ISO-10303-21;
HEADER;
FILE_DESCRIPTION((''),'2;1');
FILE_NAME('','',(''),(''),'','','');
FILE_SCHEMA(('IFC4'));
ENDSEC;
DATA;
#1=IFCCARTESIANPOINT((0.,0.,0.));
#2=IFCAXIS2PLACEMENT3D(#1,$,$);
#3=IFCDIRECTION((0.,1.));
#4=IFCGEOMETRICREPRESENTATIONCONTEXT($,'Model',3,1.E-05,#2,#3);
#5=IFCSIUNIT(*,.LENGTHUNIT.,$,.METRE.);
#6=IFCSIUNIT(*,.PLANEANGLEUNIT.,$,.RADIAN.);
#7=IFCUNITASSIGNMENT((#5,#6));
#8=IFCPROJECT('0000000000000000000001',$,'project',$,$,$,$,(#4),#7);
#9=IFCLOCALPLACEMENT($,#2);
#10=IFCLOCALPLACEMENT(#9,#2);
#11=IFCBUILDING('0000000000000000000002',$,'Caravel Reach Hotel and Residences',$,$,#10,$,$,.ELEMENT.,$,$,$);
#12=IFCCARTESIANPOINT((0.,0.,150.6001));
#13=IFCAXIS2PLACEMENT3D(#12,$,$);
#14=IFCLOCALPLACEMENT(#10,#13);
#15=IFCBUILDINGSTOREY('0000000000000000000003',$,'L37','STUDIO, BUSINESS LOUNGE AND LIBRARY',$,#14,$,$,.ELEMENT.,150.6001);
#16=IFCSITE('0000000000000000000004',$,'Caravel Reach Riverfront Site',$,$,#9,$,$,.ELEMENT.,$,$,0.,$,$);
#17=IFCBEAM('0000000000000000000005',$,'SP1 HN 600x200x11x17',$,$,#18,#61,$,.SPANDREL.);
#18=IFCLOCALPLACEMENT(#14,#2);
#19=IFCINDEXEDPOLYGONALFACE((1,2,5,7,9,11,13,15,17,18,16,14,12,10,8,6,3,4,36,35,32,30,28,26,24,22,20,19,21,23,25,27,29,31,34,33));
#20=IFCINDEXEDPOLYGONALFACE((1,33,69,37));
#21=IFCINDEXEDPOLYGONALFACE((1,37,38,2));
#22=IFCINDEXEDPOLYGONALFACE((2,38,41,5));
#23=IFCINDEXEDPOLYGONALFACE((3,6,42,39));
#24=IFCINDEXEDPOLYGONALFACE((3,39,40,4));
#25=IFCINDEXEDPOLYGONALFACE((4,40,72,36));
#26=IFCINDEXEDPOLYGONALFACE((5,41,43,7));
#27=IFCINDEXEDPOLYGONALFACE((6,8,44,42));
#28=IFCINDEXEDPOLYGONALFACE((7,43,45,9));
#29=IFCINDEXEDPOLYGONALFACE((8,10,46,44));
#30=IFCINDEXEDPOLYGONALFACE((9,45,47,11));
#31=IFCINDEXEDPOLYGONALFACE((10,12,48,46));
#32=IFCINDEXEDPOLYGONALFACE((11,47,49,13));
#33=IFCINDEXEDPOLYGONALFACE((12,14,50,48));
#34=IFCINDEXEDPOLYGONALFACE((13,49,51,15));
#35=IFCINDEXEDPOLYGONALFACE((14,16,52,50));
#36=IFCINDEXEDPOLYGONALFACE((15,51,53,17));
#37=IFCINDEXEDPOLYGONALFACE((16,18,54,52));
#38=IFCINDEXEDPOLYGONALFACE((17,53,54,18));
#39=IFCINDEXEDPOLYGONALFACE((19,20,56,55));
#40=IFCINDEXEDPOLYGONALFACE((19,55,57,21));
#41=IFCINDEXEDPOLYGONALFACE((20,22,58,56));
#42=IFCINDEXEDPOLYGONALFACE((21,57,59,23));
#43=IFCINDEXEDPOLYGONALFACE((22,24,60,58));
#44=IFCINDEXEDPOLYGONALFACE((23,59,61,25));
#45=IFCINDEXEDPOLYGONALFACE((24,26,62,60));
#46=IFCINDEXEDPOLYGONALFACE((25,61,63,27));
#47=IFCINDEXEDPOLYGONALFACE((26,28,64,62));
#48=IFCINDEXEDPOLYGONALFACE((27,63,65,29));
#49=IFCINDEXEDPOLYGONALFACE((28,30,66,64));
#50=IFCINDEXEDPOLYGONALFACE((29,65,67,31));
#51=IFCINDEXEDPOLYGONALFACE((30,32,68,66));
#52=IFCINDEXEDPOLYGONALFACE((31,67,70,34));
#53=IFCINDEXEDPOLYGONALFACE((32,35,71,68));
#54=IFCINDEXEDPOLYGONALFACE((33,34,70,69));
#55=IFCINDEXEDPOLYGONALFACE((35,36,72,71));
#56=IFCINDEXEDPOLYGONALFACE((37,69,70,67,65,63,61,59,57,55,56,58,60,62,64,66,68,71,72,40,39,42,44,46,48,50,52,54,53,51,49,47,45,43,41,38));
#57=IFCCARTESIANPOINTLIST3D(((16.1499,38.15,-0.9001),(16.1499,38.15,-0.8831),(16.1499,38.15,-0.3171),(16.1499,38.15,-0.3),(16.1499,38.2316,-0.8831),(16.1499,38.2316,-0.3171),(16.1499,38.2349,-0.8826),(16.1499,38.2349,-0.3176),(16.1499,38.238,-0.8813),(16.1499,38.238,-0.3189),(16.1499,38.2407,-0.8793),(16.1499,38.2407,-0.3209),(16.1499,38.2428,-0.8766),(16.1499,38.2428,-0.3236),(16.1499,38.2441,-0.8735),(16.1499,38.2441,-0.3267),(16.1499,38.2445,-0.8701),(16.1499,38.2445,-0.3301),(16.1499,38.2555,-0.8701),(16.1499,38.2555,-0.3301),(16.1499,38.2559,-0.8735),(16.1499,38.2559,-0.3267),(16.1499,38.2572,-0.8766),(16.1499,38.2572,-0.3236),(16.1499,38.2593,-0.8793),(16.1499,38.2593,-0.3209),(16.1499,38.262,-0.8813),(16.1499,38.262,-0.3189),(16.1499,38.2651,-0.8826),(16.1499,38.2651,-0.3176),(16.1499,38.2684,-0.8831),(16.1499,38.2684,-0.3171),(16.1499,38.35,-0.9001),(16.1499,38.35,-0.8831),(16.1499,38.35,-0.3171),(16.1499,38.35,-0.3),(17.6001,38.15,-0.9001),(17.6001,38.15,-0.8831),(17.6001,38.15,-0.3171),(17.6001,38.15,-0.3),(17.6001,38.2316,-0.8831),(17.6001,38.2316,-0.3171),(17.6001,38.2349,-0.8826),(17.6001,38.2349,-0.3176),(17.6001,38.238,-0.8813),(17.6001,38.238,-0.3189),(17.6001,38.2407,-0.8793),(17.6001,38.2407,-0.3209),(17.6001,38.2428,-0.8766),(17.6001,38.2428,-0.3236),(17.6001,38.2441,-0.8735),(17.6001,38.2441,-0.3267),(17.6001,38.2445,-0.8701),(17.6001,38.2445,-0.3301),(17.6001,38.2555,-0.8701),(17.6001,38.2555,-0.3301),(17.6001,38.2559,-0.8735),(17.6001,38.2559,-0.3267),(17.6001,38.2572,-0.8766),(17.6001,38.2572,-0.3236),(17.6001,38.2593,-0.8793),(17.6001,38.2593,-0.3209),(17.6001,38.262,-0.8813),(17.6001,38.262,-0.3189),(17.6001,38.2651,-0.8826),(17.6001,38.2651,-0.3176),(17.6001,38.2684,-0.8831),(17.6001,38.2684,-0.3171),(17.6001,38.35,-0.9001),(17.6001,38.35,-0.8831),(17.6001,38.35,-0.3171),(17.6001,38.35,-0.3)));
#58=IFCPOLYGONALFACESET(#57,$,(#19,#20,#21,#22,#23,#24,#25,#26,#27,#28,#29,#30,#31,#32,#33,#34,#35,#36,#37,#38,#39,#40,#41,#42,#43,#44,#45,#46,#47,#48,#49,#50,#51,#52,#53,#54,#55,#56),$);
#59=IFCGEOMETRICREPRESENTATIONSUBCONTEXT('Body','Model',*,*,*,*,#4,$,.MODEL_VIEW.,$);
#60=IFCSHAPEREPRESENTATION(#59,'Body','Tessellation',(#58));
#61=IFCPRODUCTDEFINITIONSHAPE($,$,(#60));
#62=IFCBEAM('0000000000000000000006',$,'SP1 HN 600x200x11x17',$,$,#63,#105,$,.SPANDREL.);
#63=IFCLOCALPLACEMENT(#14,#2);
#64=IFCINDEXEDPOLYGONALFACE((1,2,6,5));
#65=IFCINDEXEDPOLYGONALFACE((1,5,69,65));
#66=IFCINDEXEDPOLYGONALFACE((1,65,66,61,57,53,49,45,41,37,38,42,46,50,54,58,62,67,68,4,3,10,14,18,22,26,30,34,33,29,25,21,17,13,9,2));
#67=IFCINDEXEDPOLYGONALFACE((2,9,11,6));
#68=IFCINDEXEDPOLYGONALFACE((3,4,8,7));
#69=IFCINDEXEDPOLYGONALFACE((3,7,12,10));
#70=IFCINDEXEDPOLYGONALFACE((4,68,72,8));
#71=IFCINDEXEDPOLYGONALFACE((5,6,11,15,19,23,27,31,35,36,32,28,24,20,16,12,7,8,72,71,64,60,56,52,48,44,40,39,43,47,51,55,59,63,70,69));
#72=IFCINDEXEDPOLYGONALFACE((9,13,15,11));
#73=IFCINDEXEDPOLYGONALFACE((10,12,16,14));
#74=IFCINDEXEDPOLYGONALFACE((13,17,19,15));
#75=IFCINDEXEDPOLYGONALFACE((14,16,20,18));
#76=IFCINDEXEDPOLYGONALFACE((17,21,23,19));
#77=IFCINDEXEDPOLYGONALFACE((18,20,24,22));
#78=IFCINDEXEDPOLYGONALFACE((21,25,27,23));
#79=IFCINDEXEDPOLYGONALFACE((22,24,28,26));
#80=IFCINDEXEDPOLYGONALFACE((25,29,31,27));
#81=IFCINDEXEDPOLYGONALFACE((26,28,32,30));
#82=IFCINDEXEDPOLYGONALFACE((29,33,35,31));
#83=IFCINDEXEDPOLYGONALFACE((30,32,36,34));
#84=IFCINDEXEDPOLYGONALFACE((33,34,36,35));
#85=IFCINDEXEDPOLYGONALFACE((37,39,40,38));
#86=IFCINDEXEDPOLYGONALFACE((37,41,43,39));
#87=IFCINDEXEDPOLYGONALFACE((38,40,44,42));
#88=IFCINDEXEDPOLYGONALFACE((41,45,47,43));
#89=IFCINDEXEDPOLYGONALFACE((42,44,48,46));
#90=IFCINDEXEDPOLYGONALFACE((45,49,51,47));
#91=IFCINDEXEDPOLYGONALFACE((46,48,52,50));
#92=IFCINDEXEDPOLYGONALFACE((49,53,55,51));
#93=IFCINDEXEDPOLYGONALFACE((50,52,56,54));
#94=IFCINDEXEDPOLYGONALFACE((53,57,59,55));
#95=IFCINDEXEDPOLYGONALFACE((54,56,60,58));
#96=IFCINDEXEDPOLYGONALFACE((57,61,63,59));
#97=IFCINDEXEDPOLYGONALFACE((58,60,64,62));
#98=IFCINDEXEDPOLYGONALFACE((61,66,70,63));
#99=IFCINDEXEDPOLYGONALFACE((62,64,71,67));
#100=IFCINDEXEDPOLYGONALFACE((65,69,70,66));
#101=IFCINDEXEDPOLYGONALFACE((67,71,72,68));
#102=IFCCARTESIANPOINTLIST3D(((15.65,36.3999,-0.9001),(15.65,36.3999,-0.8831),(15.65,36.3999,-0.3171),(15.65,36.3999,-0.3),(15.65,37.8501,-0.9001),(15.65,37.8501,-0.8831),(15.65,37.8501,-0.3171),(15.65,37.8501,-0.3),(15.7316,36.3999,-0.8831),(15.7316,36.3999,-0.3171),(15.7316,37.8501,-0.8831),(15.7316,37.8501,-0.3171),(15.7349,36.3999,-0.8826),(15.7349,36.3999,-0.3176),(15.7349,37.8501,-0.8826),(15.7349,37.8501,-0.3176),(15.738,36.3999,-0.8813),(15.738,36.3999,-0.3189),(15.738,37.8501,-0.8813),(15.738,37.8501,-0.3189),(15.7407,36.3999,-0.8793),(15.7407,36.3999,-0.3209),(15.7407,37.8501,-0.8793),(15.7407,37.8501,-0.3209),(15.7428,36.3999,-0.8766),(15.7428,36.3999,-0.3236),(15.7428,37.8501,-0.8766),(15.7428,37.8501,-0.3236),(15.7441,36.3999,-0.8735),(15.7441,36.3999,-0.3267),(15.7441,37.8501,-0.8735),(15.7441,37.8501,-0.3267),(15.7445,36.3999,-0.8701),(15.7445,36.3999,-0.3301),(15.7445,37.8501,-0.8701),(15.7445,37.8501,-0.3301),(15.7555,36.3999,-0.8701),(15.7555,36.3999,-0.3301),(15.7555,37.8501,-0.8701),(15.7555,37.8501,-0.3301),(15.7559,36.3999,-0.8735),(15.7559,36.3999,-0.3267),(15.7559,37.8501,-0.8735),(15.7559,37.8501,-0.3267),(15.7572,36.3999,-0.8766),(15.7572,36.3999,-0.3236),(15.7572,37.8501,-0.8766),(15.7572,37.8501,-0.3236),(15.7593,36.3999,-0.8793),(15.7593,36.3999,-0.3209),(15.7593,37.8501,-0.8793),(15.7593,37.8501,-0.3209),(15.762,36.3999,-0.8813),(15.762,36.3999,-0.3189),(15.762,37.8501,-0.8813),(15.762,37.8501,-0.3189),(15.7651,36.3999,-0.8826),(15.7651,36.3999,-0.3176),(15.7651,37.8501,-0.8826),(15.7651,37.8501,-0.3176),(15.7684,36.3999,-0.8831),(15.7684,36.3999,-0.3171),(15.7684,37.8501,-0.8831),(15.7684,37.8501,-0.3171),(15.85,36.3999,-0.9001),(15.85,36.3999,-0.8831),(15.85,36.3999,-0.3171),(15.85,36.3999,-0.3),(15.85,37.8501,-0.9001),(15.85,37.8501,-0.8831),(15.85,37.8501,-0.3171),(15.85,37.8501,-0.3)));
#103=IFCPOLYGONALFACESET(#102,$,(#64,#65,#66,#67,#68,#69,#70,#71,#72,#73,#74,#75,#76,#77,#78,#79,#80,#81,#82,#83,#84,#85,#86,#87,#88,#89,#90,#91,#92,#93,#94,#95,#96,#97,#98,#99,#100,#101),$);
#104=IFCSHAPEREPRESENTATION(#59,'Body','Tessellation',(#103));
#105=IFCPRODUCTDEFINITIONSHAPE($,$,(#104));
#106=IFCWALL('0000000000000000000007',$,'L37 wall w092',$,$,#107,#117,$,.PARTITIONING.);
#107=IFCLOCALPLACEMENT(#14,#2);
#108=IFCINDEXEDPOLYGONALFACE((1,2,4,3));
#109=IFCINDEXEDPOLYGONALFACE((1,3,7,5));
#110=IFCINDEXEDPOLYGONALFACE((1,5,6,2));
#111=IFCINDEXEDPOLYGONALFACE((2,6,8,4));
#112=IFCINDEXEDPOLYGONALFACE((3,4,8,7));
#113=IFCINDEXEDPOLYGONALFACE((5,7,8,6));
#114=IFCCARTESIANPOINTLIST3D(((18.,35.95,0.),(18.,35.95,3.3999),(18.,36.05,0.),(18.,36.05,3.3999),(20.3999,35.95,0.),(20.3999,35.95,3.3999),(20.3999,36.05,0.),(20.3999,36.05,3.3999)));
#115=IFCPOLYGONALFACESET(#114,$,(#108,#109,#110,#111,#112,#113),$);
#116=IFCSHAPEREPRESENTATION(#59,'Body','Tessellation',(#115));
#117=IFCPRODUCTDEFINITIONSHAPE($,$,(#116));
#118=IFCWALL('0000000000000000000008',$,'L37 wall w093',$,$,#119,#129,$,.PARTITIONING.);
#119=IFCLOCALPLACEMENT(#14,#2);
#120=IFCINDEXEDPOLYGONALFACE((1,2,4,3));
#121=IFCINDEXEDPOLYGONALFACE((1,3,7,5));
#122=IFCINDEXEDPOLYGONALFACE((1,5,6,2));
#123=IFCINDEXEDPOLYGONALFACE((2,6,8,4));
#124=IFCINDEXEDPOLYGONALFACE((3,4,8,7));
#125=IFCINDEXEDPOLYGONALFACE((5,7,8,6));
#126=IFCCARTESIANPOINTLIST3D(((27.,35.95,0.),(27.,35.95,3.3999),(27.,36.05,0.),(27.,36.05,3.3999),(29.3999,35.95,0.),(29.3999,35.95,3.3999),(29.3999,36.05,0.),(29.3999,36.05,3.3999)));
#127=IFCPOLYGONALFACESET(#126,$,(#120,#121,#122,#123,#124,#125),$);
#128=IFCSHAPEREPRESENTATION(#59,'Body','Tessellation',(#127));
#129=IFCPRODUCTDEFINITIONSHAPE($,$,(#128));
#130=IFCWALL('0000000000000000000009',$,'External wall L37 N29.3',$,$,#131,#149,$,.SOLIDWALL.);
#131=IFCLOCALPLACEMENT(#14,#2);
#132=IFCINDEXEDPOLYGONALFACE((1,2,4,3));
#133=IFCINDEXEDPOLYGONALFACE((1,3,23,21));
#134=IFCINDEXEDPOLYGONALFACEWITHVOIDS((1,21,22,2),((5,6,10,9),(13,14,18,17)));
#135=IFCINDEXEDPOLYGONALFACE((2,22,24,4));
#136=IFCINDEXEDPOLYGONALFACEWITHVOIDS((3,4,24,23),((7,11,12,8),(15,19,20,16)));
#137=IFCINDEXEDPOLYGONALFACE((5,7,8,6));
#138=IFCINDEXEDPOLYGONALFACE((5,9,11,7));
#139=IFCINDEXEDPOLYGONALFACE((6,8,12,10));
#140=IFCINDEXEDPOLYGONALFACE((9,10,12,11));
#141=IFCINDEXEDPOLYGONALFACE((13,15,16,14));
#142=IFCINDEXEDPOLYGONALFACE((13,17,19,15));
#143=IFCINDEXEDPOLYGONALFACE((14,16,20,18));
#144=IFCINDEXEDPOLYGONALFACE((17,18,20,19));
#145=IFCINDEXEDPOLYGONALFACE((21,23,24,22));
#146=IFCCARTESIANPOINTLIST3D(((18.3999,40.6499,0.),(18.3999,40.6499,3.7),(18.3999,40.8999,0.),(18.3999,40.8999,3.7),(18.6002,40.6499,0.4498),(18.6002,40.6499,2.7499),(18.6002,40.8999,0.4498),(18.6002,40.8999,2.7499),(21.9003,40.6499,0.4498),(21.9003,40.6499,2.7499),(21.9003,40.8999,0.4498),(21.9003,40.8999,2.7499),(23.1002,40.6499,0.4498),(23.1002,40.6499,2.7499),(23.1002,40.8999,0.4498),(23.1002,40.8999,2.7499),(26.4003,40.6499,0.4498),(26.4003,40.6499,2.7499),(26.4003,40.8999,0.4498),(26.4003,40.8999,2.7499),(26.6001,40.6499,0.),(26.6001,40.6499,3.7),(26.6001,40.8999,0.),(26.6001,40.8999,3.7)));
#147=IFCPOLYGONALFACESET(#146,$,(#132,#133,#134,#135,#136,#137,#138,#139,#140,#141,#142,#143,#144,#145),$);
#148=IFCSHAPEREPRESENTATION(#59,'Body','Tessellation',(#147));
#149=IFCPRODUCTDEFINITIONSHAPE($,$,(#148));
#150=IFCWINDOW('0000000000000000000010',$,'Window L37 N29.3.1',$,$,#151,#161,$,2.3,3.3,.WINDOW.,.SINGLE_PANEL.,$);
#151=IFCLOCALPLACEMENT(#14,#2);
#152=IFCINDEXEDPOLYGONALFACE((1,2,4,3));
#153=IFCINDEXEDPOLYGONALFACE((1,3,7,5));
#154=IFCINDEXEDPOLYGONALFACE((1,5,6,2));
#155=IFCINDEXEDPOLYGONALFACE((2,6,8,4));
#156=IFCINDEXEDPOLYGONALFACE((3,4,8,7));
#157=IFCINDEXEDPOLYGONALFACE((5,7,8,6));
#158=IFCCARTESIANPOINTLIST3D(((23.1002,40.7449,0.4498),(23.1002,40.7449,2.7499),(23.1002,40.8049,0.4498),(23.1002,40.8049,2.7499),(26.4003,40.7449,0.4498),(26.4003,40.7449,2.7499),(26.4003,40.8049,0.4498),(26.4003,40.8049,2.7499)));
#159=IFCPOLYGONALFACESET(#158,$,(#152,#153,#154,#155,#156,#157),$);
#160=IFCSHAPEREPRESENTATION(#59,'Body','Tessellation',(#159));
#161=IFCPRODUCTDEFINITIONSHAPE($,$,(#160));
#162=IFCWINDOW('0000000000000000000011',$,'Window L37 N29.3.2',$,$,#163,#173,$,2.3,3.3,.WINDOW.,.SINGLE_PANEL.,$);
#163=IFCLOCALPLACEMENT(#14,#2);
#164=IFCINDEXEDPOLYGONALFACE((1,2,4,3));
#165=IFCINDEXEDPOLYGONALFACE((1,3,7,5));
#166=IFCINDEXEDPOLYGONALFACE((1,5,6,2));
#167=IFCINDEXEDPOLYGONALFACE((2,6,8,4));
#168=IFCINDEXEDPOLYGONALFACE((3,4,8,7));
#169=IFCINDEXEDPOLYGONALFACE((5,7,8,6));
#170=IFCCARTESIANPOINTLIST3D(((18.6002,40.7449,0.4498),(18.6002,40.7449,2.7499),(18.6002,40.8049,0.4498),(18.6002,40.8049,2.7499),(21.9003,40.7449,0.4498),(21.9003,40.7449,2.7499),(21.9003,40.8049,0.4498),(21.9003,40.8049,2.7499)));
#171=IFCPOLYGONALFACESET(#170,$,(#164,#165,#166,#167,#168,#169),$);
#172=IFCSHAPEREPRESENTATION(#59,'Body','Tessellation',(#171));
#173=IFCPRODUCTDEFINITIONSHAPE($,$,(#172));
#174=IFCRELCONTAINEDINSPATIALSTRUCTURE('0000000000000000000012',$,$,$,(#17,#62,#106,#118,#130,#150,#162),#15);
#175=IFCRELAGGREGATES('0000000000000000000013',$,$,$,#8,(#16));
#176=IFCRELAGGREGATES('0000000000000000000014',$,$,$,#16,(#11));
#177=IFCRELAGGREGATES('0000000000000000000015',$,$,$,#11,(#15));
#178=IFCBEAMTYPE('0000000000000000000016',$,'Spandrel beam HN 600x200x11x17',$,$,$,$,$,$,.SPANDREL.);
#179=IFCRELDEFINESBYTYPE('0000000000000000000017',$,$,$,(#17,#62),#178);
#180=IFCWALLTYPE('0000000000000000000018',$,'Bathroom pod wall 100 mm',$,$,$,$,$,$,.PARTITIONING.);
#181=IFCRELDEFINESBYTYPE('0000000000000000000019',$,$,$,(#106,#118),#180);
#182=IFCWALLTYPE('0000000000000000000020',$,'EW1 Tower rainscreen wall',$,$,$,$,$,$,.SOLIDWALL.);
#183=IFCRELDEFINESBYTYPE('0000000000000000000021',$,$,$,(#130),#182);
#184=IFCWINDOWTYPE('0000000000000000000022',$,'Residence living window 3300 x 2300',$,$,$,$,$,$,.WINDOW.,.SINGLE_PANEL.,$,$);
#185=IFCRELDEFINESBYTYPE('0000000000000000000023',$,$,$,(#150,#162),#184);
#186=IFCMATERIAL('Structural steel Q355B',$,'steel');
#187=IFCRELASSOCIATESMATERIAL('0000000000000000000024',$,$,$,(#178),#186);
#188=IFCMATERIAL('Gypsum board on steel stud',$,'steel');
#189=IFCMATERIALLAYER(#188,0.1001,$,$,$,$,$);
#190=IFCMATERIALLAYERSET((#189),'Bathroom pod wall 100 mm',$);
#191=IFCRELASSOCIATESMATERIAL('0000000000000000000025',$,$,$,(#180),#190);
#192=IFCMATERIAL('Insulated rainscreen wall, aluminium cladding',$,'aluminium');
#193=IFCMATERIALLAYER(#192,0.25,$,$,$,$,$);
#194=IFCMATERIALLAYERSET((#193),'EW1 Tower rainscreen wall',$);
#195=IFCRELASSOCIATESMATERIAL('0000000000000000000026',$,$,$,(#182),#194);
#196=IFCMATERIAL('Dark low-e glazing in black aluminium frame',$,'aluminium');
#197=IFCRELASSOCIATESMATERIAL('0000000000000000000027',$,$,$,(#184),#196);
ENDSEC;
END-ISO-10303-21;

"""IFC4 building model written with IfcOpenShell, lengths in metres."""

from ifc_helpers import new_model, si_unit, direction, frame, frame_2d, origin, origin_2d, place, context, subcontext, project, spatial, rectangle, i_section, extrude, material, layer, layer_set, material_profile, profile_set, type_object, element, fill, save


model = new_model("IFC4")

# Units and contexts
model_context = context("Model", 3, precision=1e-05, world=origin(), true_north=direction((0.0, 1.0)))
body_context = subcontext(model_context, "Body", "Model", "MODEL_VIEW")
ifc_project = project(units=[si_unit("LENGTHUNIT", "METRE"), si_unit("PLANEANGLEUNIT", "RADIAN")], contexts=[model_context])

# Site, building, storey
site_placement = place(None, origin())
site = spatial("IfcSite", under=ifc_project, at=site_placement, Name="Caravel Reach Riverfront Site", CompositionType="ELEMENT", RefElevation=0.0)
building_placement = place(site_placement, origin())
building = spatial("IfcBuilding", under=site, at=building_placement, Name="Caravel Reach Hotel and Residences", CompositionType="ELEMENT")
storey_placement = place(building_placement, frame((0.0, 0.0, 150.6001)))
storey = spatial("IfcBuildingStorey", under=building, at=storey_placement, Name="L37", Description="STUDIO, BUSINESS LOUNGE AND LIBRARY", CompositionType="ELEMENT", Elevation=150.6001)

# Beams
ifc_material_1 = material(Name="Structural steel Q355B", Category="steel")
ifc_material_profile_1 = material_profile(ifc_material_1, i_section(OverallWidth=0.2, OverallDepth=0.6001, WebThickness=0.011, FlangeThickness=0.0171, FilletRadius=0.0129, at=origin_2d()), Name="HN 600x200x11x17")
ifc_profile_set_1 = profile_set([ifc_material_profile_1], Name="Structural steel Q355B")
beam_type = type_object("IfcBeamType", Name="Spandrel beam HN 600x200x11x17", PredefinedType="SPANDREL", material=ifc_profile_set_1)
for number, where, z_axis, x_axis, name in (
    (1, (17.6001, 38.25, -0.6001), (-1.0, 0.0, 0.0), (0.0, -1.0, 0.0), "SP1 HN 600x200x11x17"),
    (2, (15.75, 37.8501, -0.6001), (0.0, -1.0, 0.0), (1.0, 0.0, 0.0), "SP1 HN 600x200x11x17"),
):
    element("IfcBeam", number, at=place(storey_placement, frame(where, z_axis=z_axis, x_axis=x_axis)), inside=storey, type_object=beam_type, Name=name, PredefinedType="SPANDREL", context=body_context, shape_type="SweptSolid", body=[
        extrude(i_section(OverallWidth=0.2, OverallDepth=0.6001, WebThickness=0.011, FlangeThickness=0.0171, FilletRadius=0.0129, at=origin_2d()), origin(), (0.0, 0.0, 1.0), 1.4502),
    ])

# Walls
ifc_material_2 = material(Name="Gypsum board on steel stud", Category="steel")
ifc_layer_1 = layer(ifc_material_2, 0.1001)
ifc_layer_set_1 = layer_set([ifc_layer_1], Name="Bathroom pod wall 100 mm")
wall_type_1 = type_object("IfcWallType", Name="Bathroom pod wall 100 mm", PredefinedType="PARTITIONING", material=ifc_layer_set_1)
for number, where, z_axis, x_axis, name in (
    (3, (18.0, 36.0, 0.0), (0.0, 0.0, 1.0), (1.0, 0.0, 0.0), "L37 wall w092"),
    (4, (27.0, 36.0, 0.0), (0.0, 0.0, 1.0), (1.0, 0.0, 0.0), "L37 wall w093"),
):
    element("IfcWall", number, at=place(storey_placement, frame(where, z_axis=z_axis, x_axis=x_axis)), inside=storey, type_object=wall_type_1, Name=name, PredefinedType="PARTITIONING", context=body_context, shape_type="SweptSolid", body=[
        extrude(rectangle(XDim=2.3999, YDim=0.1001, at=frame_2d((1.2, 0.0))), origin(), (0.0, 0.0, 1.0), 3.3999),
    ])

# Wall, openings, windows
ifc_material_3 = material(Name="Insulated rainscreen wall, aluminium cladding", Category="aluminium")
ifc_layer_2 = layer(ifc_material_3, 0.25)
ifc_layer_set_2 = layer_set([ifc_layer_2], Name="EW1 Tower rainscreen wall")
wall_type_2 = type_object("IfcWallType", Name="EW1 Tower rainscreen wall", PredefinedType="SOLIDWALL", material=ifc_layer_set_2)
wall_1_placement = place(storey_placement, frame((26.6001, 40.7749, 0.0), z_axis=(0.0, 0.0, 1.0), x_axis=(-1.0, 0.0, 0.0)))
wall_1 = element("IfcWall", 5, at=wall_1_placement, inside=storey, type_object=wall_type_2, Name="External wall L37 N29.3", PredefinedType="SOLIDWALL", context=body_context, shape_type="SweptSolid", body=[
    extrude(rectangle(XDim=8.2002, YDim=0.25, at=frame_2d((4.1001, 0.0))), origin(), (0.0, 0.0, 1.0), 3.7),
])
opening_1_placement = place(wall_1_placement, frame((0.2, 0.0, 0.45)))
opening_1 = element("IfcOpeningElement", 6, at=opening_1_placement, cuts=wall_1, PredefinedType="OPENING", context=body_context, shape_type="SweptSolid", body=[
    extrude(rectangle(XDim=3.3, YDim=2.3, at=frame_2d((1.6499, 1.1499))), frame((0.0, 0.135, 0.0), z_axis=(0.0, -1.0, 0.0), x_axis=(1.0, 0.0, 0.0)), (0.0, 0.0, 1.0), 0.27),
])
opening_2_placement = place(wall_1_placement, frame((4.7, 0.0, 0.45)))
opening_2 = element("IfcOpeningElement", 7, at=opening_2_placement, cuts=wall_1, PredefinedType="OPENING", context=body_context, shape_type="SweptSolid", body=[
    extrude(rectangle(XDim=3.3, YDim=2.3, at=frame_2d((1.6499, 1.1499))), frame((0.0, 0.135, 0.0), z_axis=(0.0, -1.0, 0.0), x_axis=(1.0, 0.0, 0.0)), (0.0, 0.0, 1.0), 0.27),
])
ifc_material_4 = material(Name="Dark low-e glazing in black aluminium frame", Category="aluminium")
window_type_1 = type_object("IfcWindowType", Name="Residence living window 3300 x 2300", PartitioningType="SINGLE_PANEL", PredefinedType="WINDOW", material=ifc_material_4)
window_1_placement = place(opening_1_placement, origin())
window_1 = element("IfcWindow", 8, at=window_1_placement, inside=storey, type_object=window_type_1, Name="Window L37 N29.3.1", OverallHeight=2.3, OverallWidth=3.3, PartitioningType="SINGLE_PANEL", PredefinedType="WINDOW", context=body_context, shape_type="SweptSolid", body=[
    extrude(rectangle(XDim=3.3, YDim=2.3, at=frame_2d((1.6499, 1.1499))), frame((0.0, 0.03, 0.0), z_axis=(0.0, -1.0, 0.0), x_axis=(1.0, 0.0, 0.0)), (0.0, 0.0, 1.0), 0.0601),
])
fill(opening_1, window_1)
window_2_placement = place(opening_2_placement, origin())
window_2 = element("IfcWindow", 9, at=window_2_placement, inside=storey, type_object=window_type_1, Name="Window L37 N29.3.2", OverallHeight=2.3, OverallWidth=3.3, PartitioningType="SINGLE_PANEL", PredefinedType="WINDOW", context=body_context, shape_type="SweptSolid", body=[
    extrude(rectangle(XDim=3.3, YDim=2.3, at=frame_2d((1.6499, 1.1499))), frame((0.0, 0.03, 0.0), z_axis=(0.0, -1.0, 0.0), x_axis=(1.0, 0.0, 0.0)), (0.0, 0.0, 1.0), 0.0601),
])
fill(opening_2, window_2)

save(model, "model.ifc")
